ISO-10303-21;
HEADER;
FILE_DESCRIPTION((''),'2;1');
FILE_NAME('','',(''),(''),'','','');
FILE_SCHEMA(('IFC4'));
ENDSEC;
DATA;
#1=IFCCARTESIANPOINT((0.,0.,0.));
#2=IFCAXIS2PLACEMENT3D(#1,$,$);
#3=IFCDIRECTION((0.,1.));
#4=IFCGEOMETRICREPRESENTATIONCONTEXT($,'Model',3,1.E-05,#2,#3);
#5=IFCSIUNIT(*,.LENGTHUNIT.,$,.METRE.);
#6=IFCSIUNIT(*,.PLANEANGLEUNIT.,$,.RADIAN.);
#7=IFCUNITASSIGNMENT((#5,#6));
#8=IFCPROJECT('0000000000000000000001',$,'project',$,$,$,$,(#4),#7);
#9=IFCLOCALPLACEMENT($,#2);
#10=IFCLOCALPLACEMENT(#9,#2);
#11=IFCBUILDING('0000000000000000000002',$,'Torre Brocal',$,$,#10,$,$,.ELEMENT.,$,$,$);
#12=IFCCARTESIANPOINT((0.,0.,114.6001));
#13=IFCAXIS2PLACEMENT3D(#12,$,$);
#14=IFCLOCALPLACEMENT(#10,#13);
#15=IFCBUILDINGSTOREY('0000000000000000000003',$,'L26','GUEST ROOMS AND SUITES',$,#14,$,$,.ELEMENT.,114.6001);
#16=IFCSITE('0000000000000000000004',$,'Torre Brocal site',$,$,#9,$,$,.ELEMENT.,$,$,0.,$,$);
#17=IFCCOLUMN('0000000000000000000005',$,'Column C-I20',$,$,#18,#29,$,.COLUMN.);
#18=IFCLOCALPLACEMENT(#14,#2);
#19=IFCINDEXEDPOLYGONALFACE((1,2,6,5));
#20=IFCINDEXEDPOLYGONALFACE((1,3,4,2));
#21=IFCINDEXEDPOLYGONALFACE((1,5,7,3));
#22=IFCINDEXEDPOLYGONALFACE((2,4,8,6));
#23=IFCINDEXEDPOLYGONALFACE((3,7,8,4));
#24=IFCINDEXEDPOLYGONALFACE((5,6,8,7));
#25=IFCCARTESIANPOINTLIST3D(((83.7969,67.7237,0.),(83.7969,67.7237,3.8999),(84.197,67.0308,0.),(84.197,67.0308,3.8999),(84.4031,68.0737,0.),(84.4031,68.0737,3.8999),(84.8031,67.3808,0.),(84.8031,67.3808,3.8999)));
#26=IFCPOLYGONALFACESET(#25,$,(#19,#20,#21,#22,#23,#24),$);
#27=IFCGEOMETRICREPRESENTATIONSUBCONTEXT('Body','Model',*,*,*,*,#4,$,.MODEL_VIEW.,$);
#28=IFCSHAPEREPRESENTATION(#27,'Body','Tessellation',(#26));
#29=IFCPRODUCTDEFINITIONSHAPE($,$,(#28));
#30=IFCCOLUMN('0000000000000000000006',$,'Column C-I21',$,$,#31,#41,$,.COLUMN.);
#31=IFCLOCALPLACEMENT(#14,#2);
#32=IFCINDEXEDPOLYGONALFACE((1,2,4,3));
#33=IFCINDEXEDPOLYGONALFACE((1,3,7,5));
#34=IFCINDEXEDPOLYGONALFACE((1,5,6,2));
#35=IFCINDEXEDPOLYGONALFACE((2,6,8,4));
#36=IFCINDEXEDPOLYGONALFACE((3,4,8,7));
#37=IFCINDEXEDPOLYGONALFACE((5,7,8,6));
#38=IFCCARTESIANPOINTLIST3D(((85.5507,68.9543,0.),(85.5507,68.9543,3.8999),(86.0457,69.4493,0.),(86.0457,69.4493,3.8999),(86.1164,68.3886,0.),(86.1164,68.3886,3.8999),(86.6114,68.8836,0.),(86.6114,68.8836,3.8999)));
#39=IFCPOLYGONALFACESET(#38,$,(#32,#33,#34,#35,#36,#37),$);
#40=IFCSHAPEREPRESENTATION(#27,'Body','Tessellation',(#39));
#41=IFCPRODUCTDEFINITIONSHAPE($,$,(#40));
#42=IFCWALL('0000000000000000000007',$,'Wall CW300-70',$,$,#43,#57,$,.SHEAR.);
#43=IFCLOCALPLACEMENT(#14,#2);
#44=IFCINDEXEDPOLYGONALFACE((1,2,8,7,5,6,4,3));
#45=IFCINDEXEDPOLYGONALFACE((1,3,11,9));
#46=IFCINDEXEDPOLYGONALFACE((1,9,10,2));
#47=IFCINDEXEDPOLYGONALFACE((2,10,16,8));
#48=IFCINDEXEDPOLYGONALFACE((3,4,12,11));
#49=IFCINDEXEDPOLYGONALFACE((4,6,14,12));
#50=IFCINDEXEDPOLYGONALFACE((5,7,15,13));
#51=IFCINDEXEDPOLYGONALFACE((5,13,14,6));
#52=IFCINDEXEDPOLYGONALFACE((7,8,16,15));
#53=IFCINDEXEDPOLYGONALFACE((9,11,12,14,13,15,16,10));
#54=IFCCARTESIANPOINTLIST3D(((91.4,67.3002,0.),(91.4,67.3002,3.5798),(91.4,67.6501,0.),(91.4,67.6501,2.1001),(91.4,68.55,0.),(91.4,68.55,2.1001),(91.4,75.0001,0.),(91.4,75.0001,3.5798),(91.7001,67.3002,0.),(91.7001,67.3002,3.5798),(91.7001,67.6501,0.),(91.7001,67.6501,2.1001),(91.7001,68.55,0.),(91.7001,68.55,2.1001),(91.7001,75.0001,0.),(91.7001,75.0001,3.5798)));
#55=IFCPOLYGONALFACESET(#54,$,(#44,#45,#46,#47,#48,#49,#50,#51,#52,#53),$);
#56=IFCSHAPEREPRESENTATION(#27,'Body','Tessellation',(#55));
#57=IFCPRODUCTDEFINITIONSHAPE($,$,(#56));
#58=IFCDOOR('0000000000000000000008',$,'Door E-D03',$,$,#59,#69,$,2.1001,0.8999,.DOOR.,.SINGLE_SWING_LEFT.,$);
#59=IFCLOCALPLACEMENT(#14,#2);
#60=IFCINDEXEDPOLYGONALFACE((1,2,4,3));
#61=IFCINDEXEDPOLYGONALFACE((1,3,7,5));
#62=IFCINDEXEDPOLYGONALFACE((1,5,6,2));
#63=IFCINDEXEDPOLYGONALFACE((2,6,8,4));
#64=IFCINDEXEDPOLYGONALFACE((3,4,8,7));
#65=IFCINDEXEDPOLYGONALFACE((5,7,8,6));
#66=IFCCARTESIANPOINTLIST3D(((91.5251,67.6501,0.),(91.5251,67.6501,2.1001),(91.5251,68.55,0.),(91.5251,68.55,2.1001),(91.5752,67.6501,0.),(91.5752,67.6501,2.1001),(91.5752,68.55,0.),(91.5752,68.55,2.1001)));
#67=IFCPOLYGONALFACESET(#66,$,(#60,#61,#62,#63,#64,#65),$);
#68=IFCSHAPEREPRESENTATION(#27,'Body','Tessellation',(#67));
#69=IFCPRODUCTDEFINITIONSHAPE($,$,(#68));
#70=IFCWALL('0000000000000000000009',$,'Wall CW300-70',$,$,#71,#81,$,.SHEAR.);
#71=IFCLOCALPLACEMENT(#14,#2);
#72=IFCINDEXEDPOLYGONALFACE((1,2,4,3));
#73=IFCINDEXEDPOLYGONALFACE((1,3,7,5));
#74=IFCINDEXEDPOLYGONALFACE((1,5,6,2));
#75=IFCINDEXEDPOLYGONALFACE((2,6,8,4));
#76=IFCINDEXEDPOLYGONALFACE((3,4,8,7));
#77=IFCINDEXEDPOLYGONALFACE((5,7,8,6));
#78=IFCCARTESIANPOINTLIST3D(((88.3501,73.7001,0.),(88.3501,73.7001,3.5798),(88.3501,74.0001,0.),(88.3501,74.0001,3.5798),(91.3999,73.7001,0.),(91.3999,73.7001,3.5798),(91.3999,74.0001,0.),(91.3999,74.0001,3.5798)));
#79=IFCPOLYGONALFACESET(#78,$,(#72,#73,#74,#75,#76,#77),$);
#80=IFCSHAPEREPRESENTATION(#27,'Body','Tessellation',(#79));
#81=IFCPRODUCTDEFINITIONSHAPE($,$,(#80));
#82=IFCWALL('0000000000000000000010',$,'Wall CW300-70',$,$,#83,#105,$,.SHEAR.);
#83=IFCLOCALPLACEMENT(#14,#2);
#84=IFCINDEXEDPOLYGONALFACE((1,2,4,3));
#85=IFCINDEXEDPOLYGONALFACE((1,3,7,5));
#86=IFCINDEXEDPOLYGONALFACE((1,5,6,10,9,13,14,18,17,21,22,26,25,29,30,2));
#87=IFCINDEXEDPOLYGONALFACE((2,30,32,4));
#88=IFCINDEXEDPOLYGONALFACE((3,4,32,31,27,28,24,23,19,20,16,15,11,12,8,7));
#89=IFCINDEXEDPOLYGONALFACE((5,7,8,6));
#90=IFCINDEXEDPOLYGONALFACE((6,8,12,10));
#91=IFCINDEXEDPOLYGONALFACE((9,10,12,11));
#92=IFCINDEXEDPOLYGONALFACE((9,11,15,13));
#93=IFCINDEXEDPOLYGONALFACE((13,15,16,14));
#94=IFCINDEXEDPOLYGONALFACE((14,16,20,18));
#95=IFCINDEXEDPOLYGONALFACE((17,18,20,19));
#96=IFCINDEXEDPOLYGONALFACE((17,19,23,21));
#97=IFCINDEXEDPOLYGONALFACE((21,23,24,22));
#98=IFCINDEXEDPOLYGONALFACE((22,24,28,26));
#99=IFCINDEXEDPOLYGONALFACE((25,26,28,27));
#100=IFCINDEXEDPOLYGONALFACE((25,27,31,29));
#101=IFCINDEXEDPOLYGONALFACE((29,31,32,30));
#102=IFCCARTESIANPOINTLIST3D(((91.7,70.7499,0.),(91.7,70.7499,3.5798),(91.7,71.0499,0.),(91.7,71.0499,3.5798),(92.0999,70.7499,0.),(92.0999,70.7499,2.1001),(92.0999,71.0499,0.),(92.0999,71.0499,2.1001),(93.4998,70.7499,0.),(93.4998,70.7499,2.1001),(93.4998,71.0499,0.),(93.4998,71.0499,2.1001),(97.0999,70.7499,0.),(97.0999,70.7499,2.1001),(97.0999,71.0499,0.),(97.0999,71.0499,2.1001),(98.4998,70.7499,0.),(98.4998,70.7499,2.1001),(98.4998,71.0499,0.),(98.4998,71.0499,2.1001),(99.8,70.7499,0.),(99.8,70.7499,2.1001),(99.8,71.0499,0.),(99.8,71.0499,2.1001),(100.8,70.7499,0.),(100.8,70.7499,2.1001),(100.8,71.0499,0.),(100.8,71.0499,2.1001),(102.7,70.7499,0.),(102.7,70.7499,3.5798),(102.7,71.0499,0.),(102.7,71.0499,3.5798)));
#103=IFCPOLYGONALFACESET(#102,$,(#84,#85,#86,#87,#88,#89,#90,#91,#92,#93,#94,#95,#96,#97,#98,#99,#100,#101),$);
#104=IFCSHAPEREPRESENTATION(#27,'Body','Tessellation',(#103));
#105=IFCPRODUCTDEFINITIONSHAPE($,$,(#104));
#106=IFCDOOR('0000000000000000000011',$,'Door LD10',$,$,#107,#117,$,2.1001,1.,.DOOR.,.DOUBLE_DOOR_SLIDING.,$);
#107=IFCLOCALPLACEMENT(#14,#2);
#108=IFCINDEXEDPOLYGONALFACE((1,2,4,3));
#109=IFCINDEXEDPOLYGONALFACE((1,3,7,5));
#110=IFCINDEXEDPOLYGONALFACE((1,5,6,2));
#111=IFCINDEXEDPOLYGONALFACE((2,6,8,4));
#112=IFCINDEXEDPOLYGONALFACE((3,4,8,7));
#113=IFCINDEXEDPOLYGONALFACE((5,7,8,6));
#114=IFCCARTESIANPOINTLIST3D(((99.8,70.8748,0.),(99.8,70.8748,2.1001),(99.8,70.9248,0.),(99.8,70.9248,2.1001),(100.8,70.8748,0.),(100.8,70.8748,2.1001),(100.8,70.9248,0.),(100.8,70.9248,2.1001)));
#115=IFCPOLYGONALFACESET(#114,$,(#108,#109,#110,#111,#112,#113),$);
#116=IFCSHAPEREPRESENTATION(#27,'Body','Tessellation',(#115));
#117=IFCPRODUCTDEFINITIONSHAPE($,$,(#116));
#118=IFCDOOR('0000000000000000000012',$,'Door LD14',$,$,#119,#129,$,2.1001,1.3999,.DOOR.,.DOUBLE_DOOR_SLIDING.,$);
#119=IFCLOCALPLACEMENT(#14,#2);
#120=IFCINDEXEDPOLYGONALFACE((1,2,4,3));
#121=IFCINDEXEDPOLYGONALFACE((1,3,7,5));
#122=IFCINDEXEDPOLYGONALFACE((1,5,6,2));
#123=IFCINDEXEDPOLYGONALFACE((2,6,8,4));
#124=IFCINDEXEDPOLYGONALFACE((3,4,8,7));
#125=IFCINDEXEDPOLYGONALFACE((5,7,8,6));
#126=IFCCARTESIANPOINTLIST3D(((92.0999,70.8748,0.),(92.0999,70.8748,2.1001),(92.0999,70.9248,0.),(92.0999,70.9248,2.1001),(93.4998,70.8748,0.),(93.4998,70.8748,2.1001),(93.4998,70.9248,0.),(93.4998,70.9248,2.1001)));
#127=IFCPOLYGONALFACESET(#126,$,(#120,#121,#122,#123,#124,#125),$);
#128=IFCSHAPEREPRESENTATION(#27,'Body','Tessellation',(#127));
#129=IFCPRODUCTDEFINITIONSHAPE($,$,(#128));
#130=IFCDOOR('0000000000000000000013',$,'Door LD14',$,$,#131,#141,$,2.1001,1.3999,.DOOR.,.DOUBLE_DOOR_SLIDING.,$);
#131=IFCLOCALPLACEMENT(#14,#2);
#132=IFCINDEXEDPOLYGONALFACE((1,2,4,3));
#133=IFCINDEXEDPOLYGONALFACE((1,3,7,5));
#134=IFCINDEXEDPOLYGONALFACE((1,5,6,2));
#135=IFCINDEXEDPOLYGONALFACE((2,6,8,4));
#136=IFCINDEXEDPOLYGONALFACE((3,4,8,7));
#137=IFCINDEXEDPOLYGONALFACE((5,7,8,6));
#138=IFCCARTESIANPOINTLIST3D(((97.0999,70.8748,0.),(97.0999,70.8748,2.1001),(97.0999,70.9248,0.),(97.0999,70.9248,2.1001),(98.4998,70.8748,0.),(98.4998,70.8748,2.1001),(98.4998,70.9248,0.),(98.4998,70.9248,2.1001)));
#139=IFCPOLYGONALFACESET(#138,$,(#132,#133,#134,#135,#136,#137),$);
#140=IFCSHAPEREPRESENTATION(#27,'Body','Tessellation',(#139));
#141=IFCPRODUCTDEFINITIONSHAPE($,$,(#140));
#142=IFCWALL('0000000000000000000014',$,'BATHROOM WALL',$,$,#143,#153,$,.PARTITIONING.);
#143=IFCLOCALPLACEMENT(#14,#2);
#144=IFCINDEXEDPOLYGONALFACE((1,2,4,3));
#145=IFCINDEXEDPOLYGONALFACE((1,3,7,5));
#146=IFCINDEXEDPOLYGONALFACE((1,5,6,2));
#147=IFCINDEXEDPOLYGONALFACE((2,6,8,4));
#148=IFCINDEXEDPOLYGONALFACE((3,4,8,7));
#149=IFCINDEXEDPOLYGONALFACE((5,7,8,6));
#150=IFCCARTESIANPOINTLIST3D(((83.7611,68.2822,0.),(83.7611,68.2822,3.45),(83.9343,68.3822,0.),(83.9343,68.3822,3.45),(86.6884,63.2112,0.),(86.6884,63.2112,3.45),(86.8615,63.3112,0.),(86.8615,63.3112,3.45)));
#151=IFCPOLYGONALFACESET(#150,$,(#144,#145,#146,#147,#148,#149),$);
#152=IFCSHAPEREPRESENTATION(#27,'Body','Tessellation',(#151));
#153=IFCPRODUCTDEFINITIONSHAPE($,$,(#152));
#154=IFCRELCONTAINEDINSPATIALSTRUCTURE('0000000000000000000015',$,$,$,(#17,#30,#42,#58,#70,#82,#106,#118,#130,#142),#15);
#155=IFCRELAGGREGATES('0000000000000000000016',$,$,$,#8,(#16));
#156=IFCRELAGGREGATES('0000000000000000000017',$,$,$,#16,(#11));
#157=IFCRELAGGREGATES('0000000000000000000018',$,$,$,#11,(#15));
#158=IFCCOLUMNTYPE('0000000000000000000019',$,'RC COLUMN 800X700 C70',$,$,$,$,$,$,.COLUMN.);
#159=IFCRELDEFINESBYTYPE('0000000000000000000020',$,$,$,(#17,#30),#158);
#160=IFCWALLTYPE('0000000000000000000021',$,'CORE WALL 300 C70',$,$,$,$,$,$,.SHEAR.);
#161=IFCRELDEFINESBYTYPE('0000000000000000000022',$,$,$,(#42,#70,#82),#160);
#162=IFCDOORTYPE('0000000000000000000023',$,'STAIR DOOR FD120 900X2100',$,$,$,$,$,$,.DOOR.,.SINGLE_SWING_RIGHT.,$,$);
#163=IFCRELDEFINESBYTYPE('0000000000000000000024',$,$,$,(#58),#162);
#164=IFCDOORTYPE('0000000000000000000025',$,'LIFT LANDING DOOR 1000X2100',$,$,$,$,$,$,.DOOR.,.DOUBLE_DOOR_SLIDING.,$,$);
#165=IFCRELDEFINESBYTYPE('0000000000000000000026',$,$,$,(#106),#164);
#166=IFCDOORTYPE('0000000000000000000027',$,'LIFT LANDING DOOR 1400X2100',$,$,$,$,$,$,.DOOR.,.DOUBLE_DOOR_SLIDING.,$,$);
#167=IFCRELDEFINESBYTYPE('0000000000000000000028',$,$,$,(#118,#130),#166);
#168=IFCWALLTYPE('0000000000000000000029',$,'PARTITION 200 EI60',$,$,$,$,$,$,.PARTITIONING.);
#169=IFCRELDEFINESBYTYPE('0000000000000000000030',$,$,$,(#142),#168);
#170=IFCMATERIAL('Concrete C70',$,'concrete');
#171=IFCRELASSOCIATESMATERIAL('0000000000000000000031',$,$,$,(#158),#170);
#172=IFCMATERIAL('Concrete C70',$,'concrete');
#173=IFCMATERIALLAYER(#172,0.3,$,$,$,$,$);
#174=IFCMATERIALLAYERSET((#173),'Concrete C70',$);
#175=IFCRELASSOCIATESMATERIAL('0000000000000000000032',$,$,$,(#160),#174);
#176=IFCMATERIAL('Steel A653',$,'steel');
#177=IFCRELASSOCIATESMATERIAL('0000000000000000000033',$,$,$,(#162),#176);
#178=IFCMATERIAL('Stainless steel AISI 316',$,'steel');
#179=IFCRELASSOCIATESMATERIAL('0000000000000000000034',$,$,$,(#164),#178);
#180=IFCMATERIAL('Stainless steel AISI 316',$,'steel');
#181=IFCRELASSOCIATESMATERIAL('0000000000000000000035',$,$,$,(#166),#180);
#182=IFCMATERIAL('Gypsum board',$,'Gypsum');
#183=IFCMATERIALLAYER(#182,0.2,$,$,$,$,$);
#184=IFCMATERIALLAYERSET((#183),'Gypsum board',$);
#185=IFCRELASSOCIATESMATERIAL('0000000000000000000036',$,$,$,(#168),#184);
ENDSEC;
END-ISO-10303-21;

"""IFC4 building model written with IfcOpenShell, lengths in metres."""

from ifc_helpers import new_model, si_unit, direction, frame, frame_2d, origin, origin_2d, place, context, subcontext, project, spatial, rectangle, extrude, material, layer, layer_set, material_profile, profile_set, type_object, element, fill, save


model = new_model("IFC4")

# Units and contexts
model_context = context("Model", 3, precision=1e-05, world=origin(), true_north=direction((0.0, 1.0)))
body_context = subcontext(model_context, "Body", "Model", "MODEL_VIEW")
ifc_project = project(units=[si_unit("LENGTHUNIT", "METRE"), si_unit("PLANEANGLEUNIT", "RADIAN")], contexts=[model_context])

# Site, building, storey
site_placement = place(None, origin())
site = spatial("IfcSite", under=ifc_project, at=site_placement, Name="Torre Brocal site", CompositionType="ELEMENT", RefElevation=0.0)
building_placement = place(site_placement, origin())
building = spatial("IfcBuilding", under=site, at=building_placement, Name="Torre Brocal", CompositionType="ELEMENT")
storey_placement = place(building_placement, frame((0.0, 0.0, 114.6001)))
storey = spatial("IfcBuildingStorey", under=building, at=storey_placement, Name="L26", Description="GUEST ROOMS AND SUITES", CompositionType="ELEMENT", Elevation=114.6001)

# Columns
ifc_material_1 = material(Name="Concrete C70", Category="concrete")
ifc_material_profile = material_profile(ifc_material_1, rectangle(XDim=0.8, YDim=0.7, at=origin_2d()), Name="RC 800X700")
ifc_profile_set = profile_set([ifc_material_profile], Name="Concrete C70")
column_type = type_object("IfcColumnType", Name="RC COLUMN 800X700 C70", PredefinedType="COLUMN", material=ifc_profile_set)
for number, where, z_axis, x_axis, name in (
    (1, (84.3, 67.5522, 0.0), (0.0, 0.0, 1.0), (0.5, -0.866025, 0.0), "Column C-I20"),
    (2, (86.0811, 68.9189, 0.0), (0.0, 0.0, 1.0), (0.707107, -0.707107, 0.0), "Column C-I21"),
):
    element("IfcColumn", number, at=place(storey_placement, frame(where, z_axis=z_axis, x_axis=x_axis)), inside=storey, type_object=column_type, Name=name, PredefinedType="COLUMN", context=body_context, shape_type="SweptSolid", body=[
        extrude(rectangle(XDim=0.8, YDim=0.7, at=origin_2d()), origin(), (0.0, 0.0, 1.0), 3.8999),
    ])

# Wall, opening, door
ifc_material_2 = material(Name="Concrete C70", Category="concrete")
ifc_layer_1 = layer(ifc_material_2, 0.3)
ifc_layer_set_1 = layer_set([ifc_layer_1], Name="Concrete C70")
wall_type_1 = type_object("IfcWallType", Name="CORE WALL 300 C70", PredefinedType="SHEAR", material=ifc_layer_set_1)
wall_1_placement = place(storey_placement, frame((91.55, 67.3, 0.0), z_axis=(0.0, 0.0, 1.0), x_axis=(0.0, 1.0, 0.0)))
wall_1 = element("IfcWall", 3, at=wall_1_placement, inside=storey, type_object=wall_type_1, Name="Wall CW300-70", PredefinedType="SHEAR", context=body_context, shape_type="SweptSolid", body=[
    extrude(rectangle(XDim=7.7, YDim=0.3, at=frame_2d((3.8501, 0.0))), origin(), (0.0, 0.0, 1.0), 3.5798),
])
opening_1_placement = place(wall_1_placement, frame((0.3501, 0.0, 0.0)))
opening_1 = element("IfcOpeningElement", 4, at=opening_1_placement, cuts=wall_1, PredefinedType="OPENING", context=body_context, shape_type="SweptSolid", body=[
    extrude(rectangle(XDim=0.8999, YDim=2.1001, at=frame_2d((0.45, 1.05))), frame((0.0, 0.1599, 0.0), z_axis=(0.0, -1.0, 0.0), x_axis=(1.0, 0.0, 0.0)), (0.0, 0.0, 1.0), 0.3201),
])
ifc_material_3 = material(Name="Steel A653", Category="steel")
door_type_1 = type_object("IfcDoorType", Name="STAIR DOOR FD120 900X2100", OperationType="SINGLE_SWING_RIGHT", PredefinedType="DOOR", material=ifc_material_3)
door_1_placement = place(opening_1_placement, origin())
door_1 = element("IfcDoor", 5, at=door_1_placement, inside=storey, type_object=door_type_1, Name="Door E-D03", OperationType="SINGLE_SWING_LEFT", OverallHeight=2.1001, OverallWidth=0.8999, PredefinedType="DOOR", context=body_context, shape_type="SweptSolid", body=[
    extrude(rectangle(XDim=0.8999, YDim=2.1001, at=frame_2d((0.45, 1.05))), frame((0.0, 0.0249, 0.0), z_axis=(0.0, -1.0, 0.0), x_axis=(1.0, 0.0, 0.0)), (0.0, 0.0, 1.0), 0.05),
])
fill(opening_1, door_1)

# Wall
wall_2_placement = place(storey_placement, frame((88.3501, 73.8501, 0.0), z_axis=(0.0, 0.0, 1.0), x_axis=(1.0, 0.0, 0.0)))
element("IfcWall", 6, at=wall_2_placement, inside=storey, type_object=wall_type_1, Name="Wall CW300-70", PredefinedType="SHEAR", context=body_context, shape_type="SweptSolid", body=[
    extrude(rectangle(XDim=3.0498, YDim=0.3, at=frame_2d((1.5249, 0.0))), origin(), (0.0, 0.0, 1.0), 3.5798),
])

# Wall, openings, doors
wall_3_placement = place(storey_placement, frame((91.7, 70.8999, 0.0), z_axis=(0.0, 0.0, 1.0), x_axis=(1.0, 0.0, 0.0)))
wall_3 = element("IfcWall", 7, at=wall_3_placement, inside=storey, type_object=wall_type_1, Name="Wall CW300-70", PredefinedType="SHEAR", context=body_context, shape_type="SweptSolid", body=[
    extrude(rectangle(XDim=11.0, YDim=0.3, at=frame_2d((5.5, 0.0))), origin(), (0.0, 0.0, 1.0), 3.5798),
])
opening_2_placement = place(wall_3_placement, frame((0.3999, 0.0, 0.0)))
opening_2 = element("IfcOpeningElement", 8, at=opening_2_placement, cuts=wall_3, PredefinedType="OPENING", context=body_context, shape_type="SweptSolid", body=[
    extrude(rectangle(XDim=1.3999, YDim=2.1001, at=frame_2d((0.7, 1.05))), frame((0.0, 0.1599, 0.0), z_axis=(0.0, -1.0, 0.0), x_axis=(1.0, 0.0, 0.0)), (0.0, 0.0, 1.0), 0.3201),
])
opening_3_placement = place(wall_3_placement, frame((5.3999, 0.0, 0.0)))
opening_3 = element("IfcOpeningElement", 9, at=opening_3_placement, cuts=wall_3, PredefinedType="OPENING", context=body_context, shape_type="SweptSolid", body=[
    extrude(rectangle(XDim=1.3999, YDim=2.1001, at=frame_2d((0.7, 1.05))), frame((0.0, 0.1599, 0.0), z_axis=(0.0, -1.0, 0.0), x_axis=(1.0, 0.0, 0.0)), (0.0, 0.0, 1.0), 0.3201),
])
opening_4_placement = place(wall_3_placement, frame((8.1001, 0.0, 0.0)))
opening_4 = element("IfcOpeningElement", 10, at=opening_4_placement, cuts=wall_3, PredefinedType="OPENING", context=body_context, shape_type="SweptSolid", body=[
    extrude(rectangle(XDim=1.0, YDim=2.1001, at=frame_2d((0.5, 1.05))), frame((0.0, 0.1599, 0.0), z_axis=(0.0, -1.0, 0.0), x_axis=(1.0, 0.0, 0.0)), (0.0, 0.0, 1.0), 0.3201),
])
ifc_material_4 = material(Name="Stainless steel AISI 316", Category="steel")
door_type_2 = type_object("IfcDoorType", Name="LIFT LANDING DOOR 1000X2100", OperationType="DOUBLE_DOOR_SLIDING", PredefinedType="DOOR", material=ifc_material_4)
door_2_placement = place(opening_4_placement, origin())
door_2 = element("IfcDoor", 11, at=door_2_placement, inside=storey, type_object=door_type_2, Name="Door LD10", OperationType="DOUBLE_DOOR_SLIDING", OverallHeight=2.1001, OverallWidth=1.0, PredefinedType="DOOR", context=body_context, shape_type="SweptSolid", body=[
    extrude(rectangle(XDim=1.0, YDim=2.1001, at=frame_2d((0.5, 1.05))), frame((0.0, 0.0249, 0.0), z_axis=(0.0, -1.0, 0.0), x_axis=(1.0, 0.0, 0.0)), (0.0, 0.0, 1.0), 0.05),
])
fill(opening_4, door_2)
ifc_material_5 = material(Name="Stainless steel AISI 316", Category="steel")
door_type_3 = type_object("IfcDoorType", Name="LIFT LANDING DOOR 1400X2100", OperationType="DOUBLE_DOOR_SLIDING", PredefinedType="DOOR", material=ifc_material_5)
door_3_placement = place(opening_2_placement, origin())
door_3 = element("IfcDoor", 12, at=door_3_placement, inside=storey, type_object=door_type_3, Name="Door LD14", OperationType="DOUBLE_DOOR_SLIDING", OverallHeight=2.1001, OverallWidth=1.3999, PredefinedType="DOOR", context=body_context, shape_type="SweptSolid", body=[
    extrude(rectangle(XDim=1.3999, YDim=2.1001, at=frame_2d((0.7, 1.05))), frame((0.0, 0.0249, 0.0), z_axis=(0.0, -1.0, 0.0), x_axis=(1.0, 0.0, 0.0)), (0.0, 0.0, 1.0), 0.05),
])
fill(opening_2, door_3)
door_4_placement = place(opening_3_placement, origin())
door_4 = element("IfcDoor", 13, at=door_4_placement, inside=storey, type_object=door_type_3, Name="Door LD14", OperationType="DOUBLE_DOOR_SLIDING", OverallHeight=2.1001, OverallWidth=1.3999, PredefinedType="DOOR", context=body_context, shape_type="SweptSolid", body=[
    extrude(rectangle(XDim=1.3999, YDim=2.1001, at=frame_2d((0.7, 1.05))), frame((0.0, 0.0249, 0.0), z_axis=(0.0, -1.0, 0.0), x_axis=(1.0, 0.0, 0.0)), (0.0, 0.0, 1.0), 0.05),
])
fill(opening_3, door_4)

# Wall
ifc_material_6 = material(Name="Gypsum board", Category="Gypsum")
ifc_layer_2 = layer(ifc_material_6, 0.2)
ifc_layer_set_2 = layer_set([ifc_layer_2], Name="Gypsum board")
wall_type_2 = type_object("IfcWallType", Name="PARTITION 200 EI60", PredefinedType="PARTITIONING", material=ifc_layer_set_2)
wall_4_placement = place(storey_placement, frame((83.8477, 68.3323, 0.0), z_axis=(0.0, 0.0, 1.0), x_axis=(0.499933, -0.866064, 0.0)))
element("IfcWall", 14, at=wall_4_placement, inside=storey, type_object=wall_type_2, Name="BATHROOM WALL", PredefinedType="PARTITIONING", context=body_context, shape_type="SweptSolid", body=[
    extrude(rectangle(XDim=5.8552, YDim=0.2, at=frame_2d((2.9277, 0.0))), origin(), (0.0, 0.0, 1.0), 3.45),
])

save(model, "model.ifc")
